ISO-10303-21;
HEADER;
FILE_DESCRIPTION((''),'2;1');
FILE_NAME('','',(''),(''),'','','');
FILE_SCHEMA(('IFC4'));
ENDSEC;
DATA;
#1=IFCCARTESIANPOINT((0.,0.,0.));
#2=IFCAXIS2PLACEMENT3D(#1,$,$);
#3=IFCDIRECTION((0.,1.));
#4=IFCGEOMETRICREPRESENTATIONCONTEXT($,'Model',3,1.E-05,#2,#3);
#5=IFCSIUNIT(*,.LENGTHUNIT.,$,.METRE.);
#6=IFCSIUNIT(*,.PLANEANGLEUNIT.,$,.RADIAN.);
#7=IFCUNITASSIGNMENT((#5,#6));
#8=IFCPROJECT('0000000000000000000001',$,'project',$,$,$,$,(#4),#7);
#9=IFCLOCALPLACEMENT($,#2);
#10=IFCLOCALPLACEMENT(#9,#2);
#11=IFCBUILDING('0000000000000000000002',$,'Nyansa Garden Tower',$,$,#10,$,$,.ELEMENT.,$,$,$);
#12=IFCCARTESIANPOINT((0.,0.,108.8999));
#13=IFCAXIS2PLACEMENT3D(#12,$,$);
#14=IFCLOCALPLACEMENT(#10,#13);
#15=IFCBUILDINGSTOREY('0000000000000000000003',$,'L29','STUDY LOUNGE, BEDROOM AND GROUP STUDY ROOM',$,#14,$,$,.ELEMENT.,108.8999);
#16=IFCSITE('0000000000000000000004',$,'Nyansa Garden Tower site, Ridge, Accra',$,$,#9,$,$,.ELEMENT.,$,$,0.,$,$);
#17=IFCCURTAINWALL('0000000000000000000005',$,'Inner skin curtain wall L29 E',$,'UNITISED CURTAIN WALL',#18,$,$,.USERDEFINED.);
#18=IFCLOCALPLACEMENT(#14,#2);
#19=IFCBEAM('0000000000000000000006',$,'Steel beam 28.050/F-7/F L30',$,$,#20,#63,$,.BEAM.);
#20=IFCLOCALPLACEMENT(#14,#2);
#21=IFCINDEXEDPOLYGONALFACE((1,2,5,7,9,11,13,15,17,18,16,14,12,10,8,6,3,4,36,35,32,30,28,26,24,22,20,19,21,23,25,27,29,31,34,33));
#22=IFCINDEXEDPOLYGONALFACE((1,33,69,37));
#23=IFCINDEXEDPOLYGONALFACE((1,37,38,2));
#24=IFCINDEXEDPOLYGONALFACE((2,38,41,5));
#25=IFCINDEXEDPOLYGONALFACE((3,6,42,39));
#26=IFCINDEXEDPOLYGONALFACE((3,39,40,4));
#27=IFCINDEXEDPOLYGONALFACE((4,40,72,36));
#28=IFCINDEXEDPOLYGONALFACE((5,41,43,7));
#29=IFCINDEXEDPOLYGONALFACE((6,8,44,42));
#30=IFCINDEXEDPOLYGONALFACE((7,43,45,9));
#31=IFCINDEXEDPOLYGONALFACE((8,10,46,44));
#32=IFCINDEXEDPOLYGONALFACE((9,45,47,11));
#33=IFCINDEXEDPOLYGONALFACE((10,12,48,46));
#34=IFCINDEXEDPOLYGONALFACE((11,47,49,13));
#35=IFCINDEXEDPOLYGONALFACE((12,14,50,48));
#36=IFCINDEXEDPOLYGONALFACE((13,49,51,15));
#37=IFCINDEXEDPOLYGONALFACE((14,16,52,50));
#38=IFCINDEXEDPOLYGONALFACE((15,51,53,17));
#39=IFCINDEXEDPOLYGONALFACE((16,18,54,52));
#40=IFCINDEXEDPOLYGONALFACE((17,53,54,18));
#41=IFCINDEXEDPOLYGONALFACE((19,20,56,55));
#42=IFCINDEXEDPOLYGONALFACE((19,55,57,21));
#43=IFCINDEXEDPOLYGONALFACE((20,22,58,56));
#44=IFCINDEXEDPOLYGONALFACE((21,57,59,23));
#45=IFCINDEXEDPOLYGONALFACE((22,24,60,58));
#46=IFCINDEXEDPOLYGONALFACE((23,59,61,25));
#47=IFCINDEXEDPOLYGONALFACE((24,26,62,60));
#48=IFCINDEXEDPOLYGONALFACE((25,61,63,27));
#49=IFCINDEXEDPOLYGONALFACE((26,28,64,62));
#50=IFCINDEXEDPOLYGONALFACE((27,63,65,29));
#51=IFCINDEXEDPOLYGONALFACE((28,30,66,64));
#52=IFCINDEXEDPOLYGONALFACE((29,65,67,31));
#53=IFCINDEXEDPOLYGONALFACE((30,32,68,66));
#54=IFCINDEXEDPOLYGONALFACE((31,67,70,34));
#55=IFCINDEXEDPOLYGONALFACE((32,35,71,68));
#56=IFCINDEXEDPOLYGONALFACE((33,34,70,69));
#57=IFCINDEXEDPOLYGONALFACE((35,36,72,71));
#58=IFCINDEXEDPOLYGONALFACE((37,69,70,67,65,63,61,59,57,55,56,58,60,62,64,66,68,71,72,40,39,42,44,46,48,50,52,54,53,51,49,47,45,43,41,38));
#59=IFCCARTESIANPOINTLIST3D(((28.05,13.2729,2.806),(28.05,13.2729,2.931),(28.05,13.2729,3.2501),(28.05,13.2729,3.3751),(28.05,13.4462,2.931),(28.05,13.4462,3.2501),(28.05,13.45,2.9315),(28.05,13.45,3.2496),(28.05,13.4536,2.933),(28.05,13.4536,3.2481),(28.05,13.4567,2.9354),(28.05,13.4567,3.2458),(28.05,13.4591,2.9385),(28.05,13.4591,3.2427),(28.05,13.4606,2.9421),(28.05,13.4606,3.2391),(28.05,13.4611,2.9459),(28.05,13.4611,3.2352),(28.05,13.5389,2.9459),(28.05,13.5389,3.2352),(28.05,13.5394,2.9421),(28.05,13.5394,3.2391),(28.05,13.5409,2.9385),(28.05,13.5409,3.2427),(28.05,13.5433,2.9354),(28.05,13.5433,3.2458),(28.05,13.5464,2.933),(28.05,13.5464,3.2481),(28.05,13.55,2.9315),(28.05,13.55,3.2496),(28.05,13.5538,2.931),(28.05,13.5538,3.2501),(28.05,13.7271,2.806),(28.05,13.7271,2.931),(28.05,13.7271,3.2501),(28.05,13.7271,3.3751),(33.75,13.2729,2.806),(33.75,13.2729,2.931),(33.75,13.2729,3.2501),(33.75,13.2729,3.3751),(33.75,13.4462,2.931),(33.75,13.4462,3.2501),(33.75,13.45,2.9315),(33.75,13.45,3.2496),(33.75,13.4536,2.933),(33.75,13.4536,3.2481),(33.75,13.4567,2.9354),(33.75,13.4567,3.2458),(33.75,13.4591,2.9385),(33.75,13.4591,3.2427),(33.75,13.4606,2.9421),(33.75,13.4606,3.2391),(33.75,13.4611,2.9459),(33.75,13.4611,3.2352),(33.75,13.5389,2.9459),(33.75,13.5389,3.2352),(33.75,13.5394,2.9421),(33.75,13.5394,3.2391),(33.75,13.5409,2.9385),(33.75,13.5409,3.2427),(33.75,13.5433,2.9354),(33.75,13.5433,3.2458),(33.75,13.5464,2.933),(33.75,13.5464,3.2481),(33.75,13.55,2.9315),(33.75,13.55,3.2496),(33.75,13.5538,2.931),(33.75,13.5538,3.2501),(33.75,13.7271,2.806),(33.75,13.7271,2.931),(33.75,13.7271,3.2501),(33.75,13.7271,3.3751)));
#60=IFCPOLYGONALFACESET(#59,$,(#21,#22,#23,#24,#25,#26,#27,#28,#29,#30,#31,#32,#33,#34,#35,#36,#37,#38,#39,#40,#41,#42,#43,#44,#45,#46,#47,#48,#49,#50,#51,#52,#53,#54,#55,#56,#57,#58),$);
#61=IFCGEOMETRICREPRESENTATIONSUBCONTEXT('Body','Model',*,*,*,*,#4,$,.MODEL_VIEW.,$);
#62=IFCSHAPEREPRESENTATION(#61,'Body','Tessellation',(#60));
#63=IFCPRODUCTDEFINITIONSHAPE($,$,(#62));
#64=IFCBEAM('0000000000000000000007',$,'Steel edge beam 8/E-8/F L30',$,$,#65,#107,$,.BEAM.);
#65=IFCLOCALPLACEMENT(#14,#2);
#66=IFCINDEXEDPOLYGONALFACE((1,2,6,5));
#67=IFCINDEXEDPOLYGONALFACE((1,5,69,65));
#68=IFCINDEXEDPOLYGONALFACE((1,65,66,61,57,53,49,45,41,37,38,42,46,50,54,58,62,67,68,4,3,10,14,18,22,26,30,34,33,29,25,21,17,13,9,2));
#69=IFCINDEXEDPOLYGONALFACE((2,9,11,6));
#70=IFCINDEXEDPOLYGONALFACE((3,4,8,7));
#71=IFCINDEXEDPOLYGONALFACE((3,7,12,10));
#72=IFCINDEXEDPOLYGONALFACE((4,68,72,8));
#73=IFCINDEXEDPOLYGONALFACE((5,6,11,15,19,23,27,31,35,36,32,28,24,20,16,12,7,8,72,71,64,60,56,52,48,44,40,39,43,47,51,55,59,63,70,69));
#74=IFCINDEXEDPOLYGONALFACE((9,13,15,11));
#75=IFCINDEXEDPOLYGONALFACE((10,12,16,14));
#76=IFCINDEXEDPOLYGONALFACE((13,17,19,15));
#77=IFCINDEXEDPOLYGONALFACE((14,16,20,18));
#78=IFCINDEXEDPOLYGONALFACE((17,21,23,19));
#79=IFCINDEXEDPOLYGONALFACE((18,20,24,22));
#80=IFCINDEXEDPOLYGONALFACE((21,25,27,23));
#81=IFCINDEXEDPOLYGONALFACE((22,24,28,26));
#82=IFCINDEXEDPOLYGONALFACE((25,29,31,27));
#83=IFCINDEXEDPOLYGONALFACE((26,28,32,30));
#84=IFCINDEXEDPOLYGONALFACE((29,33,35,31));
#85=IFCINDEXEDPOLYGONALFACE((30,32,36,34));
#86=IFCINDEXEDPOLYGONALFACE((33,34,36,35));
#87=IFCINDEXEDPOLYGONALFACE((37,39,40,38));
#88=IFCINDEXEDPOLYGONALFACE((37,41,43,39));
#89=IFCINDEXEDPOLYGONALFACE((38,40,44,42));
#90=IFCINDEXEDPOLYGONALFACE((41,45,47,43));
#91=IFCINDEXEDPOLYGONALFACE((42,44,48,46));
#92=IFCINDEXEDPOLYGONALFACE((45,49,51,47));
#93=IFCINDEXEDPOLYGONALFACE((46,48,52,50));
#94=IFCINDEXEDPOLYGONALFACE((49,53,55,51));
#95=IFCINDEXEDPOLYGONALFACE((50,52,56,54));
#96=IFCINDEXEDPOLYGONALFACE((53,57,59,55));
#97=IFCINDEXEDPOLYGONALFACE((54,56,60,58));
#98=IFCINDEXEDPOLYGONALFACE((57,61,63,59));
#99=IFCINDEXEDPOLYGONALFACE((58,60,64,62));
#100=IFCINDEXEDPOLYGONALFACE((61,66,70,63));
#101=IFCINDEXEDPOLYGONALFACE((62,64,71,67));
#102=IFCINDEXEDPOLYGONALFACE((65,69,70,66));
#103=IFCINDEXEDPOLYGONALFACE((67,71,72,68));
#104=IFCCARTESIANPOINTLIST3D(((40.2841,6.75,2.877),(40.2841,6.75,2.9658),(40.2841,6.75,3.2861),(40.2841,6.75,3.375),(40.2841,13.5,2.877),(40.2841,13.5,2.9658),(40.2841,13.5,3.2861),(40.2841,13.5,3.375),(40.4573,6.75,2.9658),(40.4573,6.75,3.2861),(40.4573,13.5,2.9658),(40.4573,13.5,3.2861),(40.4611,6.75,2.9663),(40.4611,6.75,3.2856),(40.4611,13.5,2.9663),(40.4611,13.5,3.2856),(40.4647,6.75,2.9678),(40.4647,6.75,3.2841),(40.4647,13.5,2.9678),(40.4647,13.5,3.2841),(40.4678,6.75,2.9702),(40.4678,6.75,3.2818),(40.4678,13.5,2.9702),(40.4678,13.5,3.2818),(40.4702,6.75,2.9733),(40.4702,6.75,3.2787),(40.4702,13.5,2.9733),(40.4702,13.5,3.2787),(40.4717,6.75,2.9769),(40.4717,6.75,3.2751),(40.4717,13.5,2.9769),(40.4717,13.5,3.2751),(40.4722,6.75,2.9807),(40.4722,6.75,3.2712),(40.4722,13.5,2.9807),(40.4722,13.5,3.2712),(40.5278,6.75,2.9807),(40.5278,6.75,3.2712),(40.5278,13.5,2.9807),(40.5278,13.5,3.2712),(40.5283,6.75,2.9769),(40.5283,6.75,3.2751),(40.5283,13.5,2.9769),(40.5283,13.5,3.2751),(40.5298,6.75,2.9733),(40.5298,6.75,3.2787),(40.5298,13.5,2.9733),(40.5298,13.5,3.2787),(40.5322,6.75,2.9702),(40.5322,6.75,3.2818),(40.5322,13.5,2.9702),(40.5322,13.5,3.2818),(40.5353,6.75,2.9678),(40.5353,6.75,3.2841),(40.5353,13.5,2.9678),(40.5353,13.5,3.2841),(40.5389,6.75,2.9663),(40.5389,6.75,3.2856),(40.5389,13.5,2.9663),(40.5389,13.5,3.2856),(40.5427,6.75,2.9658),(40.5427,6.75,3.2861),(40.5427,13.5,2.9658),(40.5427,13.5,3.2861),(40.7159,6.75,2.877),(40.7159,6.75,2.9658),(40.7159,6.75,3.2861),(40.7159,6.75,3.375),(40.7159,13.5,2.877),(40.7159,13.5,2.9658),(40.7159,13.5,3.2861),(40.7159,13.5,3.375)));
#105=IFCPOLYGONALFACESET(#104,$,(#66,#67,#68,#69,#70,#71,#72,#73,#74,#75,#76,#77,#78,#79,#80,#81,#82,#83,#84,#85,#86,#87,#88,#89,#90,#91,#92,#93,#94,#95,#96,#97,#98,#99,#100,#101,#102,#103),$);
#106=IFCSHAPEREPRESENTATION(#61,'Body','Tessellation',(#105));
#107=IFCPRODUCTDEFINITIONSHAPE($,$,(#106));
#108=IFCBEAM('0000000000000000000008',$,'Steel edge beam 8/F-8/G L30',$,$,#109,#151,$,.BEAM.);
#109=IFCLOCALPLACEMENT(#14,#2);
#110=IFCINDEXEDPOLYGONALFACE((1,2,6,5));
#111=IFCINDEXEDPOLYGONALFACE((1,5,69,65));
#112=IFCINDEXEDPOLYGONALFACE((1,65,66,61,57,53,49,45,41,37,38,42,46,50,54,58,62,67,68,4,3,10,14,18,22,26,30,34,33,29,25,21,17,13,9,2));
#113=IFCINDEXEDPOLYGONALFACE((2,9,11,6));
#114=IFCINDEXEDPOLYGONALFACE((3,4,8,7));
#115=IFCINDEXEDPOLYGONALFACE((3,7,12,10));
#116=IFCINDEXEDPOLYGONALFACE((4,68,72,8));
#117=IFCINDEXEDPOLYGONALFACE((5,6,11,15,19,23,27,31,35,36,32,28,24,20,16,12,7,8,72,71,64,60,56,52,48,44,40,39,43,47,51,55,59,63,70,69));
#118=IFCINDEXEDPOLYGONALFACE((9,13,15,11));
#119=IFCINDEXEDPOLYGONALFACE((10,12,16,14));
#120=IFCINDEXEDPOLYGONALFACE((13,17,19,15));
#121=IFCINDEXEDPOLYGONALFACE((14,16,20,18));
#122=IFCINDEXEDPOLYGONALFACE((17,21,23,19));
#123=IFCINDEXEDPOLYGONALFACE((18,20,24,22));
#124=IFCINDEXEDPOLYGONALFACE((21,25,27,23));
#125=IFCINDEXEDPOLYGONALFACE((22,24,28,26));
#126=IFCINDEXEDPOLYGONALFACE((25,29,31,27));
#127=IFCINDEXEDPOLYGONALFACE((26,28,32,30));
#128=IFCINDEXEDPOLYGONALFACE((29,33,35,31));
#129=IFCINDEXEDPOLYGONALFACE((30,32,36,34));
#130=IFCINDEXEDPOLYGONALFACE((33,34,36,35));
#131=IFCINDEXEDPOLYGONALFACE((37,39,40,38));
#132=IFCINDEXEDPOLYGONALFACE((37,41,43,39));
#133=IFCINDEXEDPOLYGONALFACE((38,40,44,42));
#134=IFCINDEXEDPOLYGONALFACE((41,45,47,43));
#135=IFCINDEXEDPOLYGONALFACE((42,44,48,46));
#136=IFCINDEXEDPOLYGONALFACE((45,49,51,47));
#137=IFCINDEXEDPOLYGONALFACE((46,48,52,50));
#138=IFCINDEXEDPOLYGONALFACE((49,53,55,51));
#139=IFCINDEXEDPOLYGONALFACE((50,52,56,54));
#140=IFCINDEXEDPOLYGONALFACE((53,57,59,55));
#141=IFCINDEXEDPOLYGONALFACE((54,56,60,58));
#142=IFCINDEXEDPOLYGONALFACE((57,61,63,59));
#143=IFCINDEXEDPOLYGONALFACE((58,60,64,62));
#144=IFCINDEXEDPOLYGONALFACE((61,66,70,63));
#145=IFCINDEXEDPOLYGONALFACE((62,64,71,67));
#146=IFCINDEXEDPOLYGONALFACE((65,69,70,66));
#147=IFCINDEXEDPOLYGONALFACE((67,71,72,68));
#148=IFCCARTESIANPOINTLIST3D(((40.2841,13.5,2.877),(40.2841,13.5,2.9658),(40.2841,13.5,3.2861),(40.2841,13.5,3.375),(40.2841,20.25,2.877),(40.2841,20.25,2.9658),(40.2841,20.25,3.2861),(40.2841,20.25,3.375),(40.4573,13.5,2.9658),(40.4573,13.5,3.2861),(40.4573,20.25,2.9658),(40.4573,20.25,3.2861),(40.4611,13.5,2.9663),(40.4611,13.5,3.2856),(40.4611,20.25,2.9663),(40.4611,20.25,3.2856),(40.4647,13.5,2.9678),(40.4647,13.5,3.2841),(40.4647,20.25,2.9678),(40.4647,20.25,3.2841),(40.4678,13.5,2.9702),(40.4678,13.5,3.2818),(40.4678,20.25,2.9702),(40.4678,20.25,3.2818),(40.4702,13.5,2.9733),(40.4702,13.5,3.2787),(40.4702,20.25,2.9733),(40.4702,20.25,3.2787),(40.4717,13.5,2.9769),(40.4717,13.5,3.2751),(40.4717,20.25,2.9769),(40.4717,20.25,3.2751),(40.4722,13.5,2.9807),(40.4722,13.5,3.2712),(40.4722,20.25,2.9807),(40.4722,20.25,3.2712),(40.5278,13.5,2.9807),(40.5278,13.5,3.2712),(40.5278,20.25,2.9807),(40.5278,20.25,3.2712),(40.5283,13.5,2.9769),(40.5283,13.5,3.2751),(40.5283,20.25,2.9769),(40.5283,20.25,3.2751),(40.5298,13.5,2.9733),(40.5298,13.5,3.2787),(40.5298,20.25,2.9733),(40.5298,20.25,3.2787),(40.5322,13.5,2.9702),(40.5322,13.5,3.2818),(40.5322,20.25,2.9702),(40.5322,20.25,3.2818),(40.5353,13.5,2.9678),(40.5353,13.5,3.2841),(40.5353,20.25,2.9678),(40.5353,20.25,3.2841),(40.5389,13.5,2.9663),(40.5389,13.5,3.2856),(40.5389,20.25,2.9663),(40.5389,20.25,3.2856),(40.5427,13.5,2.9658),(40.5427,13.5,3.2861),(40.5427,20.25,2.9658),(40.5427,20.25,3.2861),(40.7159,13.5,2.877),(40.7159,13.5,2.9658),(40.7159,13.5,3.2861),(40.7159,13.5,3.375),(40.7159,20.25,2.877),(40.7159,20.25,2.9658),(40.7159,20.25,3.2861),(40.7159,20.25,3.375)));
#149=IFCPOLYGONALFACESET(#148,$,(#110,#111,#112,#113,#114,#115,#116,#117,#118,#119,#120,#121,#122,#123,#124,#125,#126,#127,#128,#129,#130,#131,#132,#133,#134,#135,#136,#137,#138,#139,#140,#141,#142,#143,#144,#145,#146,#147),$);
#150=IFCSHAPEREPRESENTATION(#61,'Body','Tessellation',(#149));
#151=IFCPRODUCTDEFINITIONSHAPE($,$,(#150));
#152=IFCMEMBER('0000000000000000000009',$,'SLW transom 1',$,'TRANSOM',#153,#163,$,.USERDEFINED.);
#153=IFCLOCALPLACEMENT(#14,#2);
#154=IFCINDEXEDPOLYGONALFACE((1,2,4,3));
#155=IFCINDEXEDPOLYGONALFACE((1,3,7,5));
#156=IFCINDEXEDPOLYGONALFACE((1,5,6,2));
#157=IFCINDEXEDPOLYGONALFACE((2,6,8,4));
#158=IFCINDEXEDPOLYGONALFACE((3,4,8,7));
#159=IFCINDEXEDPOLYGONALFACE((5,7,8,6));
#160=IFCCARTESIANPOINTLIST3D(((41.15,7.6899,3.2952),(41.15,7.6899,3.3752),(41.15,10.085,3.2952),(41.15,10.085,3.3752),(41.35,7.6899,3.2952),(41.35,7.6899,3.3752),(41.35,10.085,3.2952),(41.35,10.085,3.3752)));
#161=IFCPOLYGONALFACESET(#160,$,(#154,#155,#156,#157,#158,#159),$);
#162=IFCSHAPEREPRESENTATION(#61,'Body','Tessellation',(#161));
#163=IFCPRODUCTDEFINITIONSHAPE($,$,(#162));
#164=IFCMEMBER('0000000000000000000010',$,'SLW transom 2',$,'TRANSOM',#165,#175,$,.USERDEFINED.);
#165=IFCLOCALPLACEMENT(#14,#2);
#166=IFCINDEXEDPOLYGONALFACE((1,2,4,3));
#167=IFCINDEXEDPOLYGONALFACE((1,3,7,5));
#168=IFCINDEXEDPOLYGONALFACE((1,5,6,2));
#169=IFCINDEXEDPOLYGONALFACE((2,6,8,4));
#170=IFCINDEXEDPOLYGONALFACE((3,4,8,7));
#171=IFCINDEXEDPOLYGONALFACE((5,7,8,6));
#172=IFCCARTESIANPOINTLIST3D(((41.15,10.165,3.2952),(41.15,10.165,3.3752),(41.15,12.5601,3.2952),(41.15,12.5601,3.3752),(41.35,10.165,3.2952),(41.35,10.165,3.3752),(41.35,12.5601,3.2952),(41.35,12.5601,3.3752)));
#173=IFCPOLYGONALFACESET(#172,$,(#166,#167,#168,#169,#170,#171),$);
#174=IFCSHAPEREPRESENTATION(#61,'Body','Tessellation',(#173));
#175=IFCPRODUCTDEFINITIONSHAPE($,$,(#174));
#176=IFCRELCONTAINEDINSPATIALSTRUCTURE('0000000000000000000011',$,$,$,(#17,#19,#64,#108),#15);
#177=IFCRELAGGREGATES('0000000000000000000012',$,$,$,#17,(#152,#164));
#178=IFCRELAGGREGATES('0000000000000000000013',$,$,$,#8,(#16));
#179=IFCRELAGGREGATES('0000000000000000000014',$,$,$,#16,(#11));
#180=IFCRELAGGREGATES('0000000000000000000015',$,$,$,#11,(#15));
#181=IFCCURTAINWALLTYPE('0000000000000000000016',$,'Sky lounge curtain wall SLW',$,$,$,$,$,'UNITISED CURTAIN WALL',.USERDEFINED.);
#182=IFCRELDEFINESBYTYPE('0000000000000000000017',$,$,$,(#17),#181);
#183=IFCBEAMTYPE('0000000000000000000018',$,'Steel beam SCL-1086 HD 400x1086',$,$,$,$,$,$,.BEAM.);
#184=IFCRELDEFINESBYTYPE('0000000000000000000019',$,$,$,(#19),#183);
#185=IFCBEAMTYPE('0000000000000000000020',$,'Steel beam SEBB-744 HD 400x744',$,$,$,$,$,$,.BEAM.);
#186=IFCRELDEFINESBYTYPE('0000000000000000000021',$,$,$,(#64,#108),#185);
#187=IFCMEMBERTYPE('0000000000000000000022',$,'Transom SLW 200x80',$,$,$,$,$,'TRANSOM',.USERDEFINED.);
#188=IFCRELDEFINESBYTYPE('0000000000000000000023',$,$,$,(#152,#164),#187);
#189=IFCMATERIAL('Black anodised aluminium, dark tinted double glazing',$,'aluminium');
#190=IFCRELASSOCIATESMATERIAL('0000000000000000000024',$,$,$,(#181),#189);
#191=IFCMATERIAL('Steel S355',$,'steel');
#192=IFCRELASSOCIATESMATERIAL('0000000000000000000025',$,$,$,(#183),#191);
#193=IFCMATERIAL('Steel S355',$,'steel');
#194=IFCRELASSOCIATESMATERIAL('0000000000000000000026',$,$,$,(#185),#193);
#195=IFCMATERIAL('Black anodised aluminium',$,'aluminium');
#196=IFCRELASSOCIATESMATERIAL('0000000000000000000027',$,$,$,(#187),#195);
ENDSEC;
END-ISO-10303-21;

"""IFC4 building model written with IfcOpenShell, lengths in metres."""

from ifc_helpers import new_model, si_unit, direction, frame, origin, origin_2d, place, context, subcontext, project, spatial, rectangle, i_section, extrude, material, material_profile, profile_set, type_object, element, aggregate, save


model = new_model("IFC4")

# Units and contexts
model_context = context("Model", 3, precision=1e-05, world=origin(), true_north=direction((0.0, 1.0)))
body_context = subcontext(model_context, "Body", "Model", "MODEL_VIEW")
ifc_project = project(units=[si_unit("LENGTHUNIT", "METRE"), si_unit("PLANEANGLEUNIT", "RADIAN")], contexts=[model_context])

# Site, building, storey
site_placement = place(None, origin())
site = spatial("IfcSite", under=ifc_project, at=site_placement, Name="Nyansa Garden Tower site, Ridge, Accra", CompositionType="ELEMENT", RefElevation=0.0)
building_placement = place(site_placement, origin())
building = spatial("IfcBuilding", under=site, at=building_placement, Name="Nyansa Garden Tower", CompositionType="ELEMENT")
storey_placement = place(building_placement, frame((0.0, 0.0, 108.8999)))
storey = spatial("IfcBuildingStorey", under=building, at=storey_placement, Name="L29", Description="STUDY LOUNGE, BEDROOM AND GROUP STUDY ROOM", CompositionType="ELEMENT", Elevation=108.8999)

# Curtain wall
ifc_material_1 = material(Name="Black anodised aluminium, dark tinted double glazing", Category="aluminium")
curtain_wall_type = type_object("IfcCurtainWallType", Name="Sky lounge curtain wall SLW", ElementType="UNITISED CURTAIN WALL", PredefinedType="USERDEFINED", material=ifc_material_1)
curtain_wall_placement = place(storey_placement, origin())
curtain_wall = element("IfcCurtainWall", 1, at=curtain_wall_placement, inside=storey, type_object=curtain_wall_type, Name="Inner skin curtain wall L29 E", ObjectType="UNITISED CURTAIN WALL", PredefinedType="USERDEFINED")

# Beams
ifc_material_2 = material(Name="Steel S355", Category="steel")
ifc_material_profile_1 = material_profile(ifc_material_2, i_section(OverallWidth=0.4541, OverallDepth=0.5691, WebThickness=0.0779, FlangeThickness=0.125, FilletRadius=0.0149, at=origin_2d()), Name="HD 400x1086")
ifc_profile_set_1 = profile_set([ifc_material_profile_1], Name="Steel S355")
beam_type_1 = type_object("IfcBeamType", Name="Steel beam SCL-1086 HD 400x1086", PredefinedType="BEAM", material=ifc_profile_set_1)
beam_1_placement = place(storey_placement, frame((28.05, 13.5, 3.0906), z_axis=(1.0, 0.0, 0.0), x_axis=(0.0, 1.0, 0.0)))
element("IfcBeam", 2, at=beam_1_placement, inside=storey, type_object=beam_type_1, Name="Steel beam 28.050/F-7/F L30", PredefinedType="BEAM", context=body_context, shape_type="SweptSolid", body=[
    extrude(i_section(OverallWidth=0.4541, OverallDepth=0.5691, WebThickness=0.0779, FlangeThickness=0.125, FilletRadius=0.0149, at=origin_2d()), origin(), (0.0, 0.0, 1.0), 5.7),
])
ifc_material_3 = material(Name="Steel S355", Category="steel")
ifc_material_profile_2 = material_profile(ifc_material_3, i_section(OverallWidth=0.4319, OverallDepth=0.498, WebThickness=0.0557, FlangeThickness=0.0889, FilletRadius=0.0149, at=origin_2d()), Name="HD 400x744")
ifc_profile_set_2 = profile_set([ifc_material_profile_2], Name="Steel S355")
beam_type_2 = type_object("IfcBeamType", Name="Steel beam SEBB-744 HD 400x744", PredefinedType="BEAM", material=ifc_profile_set_2)
for number, where, z_axis, x_axis, name in (
    (3, (40.5, 6.75, 3.126), (0.0, 1.0, 0.0), (-1.0, 0.0, 0.0), "Steel edge beam 8/E-8/F L30"),
    (4, (40.5, 13.5, 3.126), (0.0, 1.0, 0.0), (-1.0, 0.0, 0.0), "Steel edge beam 8/F-8/G L30"),
):
    element("IfcBeam", number, at=place(storey_placement, frame(where, z_axis=z_axis, x_axis=x_axis)), inside=storey, type_object=beam_type_2, Name=name, PredefinedType="BEAM", context=body_context, shape_type="SweptSolid", body=[
        extrude(i_section(OverallWidth=0.4319, OverallDepth=0.498, WebThickness=0.0557, FlangeThickness=0.0889, FilletRadius=0.0149, at=origin_2d()), origin(), (0.0, 0.0, 1.0), 6.75),
    ])

# Members
ifc_material_4 = material(Name="Black anodised aluminium", Category="aluminium")
ifc_material_profile_3 = material_profile(ifc_material_4, rectangle(XDim=0.2, YDim=0.0801, at=origin_2d()), Name="Transom 200x80")
ifc_profile_set_3 = profile_set([ifc_material_profile_3], Name="Black anodised aluminium")
member_type_1 = type_object("IfcMemberType", Name="Transom SLW 200x80", ElementType="TRANSOM", PredefinedType="USERDEFINED", material=ifc_profile_set_3)
member_1_placement = place(storey_placement, frame((41.25, 7.6899, 3.3352), z_axis=(0.0, 1.0, 0.0), x_axis=(-1.0, 0.0, 0.0)))
member_1 = element("IfcMember", 5, at=member_1_placement, type_object=member_type_1, Name="SLW transom 1", ObjectType="TRANSOM", PredefinedType="USERDEFINED", context=body_context, shape_type="SweptSolid", body=[
    extrude(rectangle(XDim=0.2, YDim=0.0801, at=origin_2d()), origin(), (0.0, 0.0, 1.0), 2.395),
])
member_2_placement = place(storey_placement, frame((41.25, 10.165, 3.3352), z_axis=(0.0, 1.0, 0.0), x_axis=(-1.0, 0.0, 0.0)))
member_2 = element("IfcMember", 6, at=member_2_placement, type_object=member_type_1, Name="SLW transom 2", ObjectType="TRANSOM", PredefinedType="USERDEFINED", context=body_context, shape_type="SweptSolid", body=[
    extrude(rectangle(XDim=0.2, YDim=0.0801, at=origin_2d()), origin(), (0.0, 0.0, 1.0), 2.395),
])

aggregate(curtain_wall, [member_1, member_2])

save(model, "model.ifc")
